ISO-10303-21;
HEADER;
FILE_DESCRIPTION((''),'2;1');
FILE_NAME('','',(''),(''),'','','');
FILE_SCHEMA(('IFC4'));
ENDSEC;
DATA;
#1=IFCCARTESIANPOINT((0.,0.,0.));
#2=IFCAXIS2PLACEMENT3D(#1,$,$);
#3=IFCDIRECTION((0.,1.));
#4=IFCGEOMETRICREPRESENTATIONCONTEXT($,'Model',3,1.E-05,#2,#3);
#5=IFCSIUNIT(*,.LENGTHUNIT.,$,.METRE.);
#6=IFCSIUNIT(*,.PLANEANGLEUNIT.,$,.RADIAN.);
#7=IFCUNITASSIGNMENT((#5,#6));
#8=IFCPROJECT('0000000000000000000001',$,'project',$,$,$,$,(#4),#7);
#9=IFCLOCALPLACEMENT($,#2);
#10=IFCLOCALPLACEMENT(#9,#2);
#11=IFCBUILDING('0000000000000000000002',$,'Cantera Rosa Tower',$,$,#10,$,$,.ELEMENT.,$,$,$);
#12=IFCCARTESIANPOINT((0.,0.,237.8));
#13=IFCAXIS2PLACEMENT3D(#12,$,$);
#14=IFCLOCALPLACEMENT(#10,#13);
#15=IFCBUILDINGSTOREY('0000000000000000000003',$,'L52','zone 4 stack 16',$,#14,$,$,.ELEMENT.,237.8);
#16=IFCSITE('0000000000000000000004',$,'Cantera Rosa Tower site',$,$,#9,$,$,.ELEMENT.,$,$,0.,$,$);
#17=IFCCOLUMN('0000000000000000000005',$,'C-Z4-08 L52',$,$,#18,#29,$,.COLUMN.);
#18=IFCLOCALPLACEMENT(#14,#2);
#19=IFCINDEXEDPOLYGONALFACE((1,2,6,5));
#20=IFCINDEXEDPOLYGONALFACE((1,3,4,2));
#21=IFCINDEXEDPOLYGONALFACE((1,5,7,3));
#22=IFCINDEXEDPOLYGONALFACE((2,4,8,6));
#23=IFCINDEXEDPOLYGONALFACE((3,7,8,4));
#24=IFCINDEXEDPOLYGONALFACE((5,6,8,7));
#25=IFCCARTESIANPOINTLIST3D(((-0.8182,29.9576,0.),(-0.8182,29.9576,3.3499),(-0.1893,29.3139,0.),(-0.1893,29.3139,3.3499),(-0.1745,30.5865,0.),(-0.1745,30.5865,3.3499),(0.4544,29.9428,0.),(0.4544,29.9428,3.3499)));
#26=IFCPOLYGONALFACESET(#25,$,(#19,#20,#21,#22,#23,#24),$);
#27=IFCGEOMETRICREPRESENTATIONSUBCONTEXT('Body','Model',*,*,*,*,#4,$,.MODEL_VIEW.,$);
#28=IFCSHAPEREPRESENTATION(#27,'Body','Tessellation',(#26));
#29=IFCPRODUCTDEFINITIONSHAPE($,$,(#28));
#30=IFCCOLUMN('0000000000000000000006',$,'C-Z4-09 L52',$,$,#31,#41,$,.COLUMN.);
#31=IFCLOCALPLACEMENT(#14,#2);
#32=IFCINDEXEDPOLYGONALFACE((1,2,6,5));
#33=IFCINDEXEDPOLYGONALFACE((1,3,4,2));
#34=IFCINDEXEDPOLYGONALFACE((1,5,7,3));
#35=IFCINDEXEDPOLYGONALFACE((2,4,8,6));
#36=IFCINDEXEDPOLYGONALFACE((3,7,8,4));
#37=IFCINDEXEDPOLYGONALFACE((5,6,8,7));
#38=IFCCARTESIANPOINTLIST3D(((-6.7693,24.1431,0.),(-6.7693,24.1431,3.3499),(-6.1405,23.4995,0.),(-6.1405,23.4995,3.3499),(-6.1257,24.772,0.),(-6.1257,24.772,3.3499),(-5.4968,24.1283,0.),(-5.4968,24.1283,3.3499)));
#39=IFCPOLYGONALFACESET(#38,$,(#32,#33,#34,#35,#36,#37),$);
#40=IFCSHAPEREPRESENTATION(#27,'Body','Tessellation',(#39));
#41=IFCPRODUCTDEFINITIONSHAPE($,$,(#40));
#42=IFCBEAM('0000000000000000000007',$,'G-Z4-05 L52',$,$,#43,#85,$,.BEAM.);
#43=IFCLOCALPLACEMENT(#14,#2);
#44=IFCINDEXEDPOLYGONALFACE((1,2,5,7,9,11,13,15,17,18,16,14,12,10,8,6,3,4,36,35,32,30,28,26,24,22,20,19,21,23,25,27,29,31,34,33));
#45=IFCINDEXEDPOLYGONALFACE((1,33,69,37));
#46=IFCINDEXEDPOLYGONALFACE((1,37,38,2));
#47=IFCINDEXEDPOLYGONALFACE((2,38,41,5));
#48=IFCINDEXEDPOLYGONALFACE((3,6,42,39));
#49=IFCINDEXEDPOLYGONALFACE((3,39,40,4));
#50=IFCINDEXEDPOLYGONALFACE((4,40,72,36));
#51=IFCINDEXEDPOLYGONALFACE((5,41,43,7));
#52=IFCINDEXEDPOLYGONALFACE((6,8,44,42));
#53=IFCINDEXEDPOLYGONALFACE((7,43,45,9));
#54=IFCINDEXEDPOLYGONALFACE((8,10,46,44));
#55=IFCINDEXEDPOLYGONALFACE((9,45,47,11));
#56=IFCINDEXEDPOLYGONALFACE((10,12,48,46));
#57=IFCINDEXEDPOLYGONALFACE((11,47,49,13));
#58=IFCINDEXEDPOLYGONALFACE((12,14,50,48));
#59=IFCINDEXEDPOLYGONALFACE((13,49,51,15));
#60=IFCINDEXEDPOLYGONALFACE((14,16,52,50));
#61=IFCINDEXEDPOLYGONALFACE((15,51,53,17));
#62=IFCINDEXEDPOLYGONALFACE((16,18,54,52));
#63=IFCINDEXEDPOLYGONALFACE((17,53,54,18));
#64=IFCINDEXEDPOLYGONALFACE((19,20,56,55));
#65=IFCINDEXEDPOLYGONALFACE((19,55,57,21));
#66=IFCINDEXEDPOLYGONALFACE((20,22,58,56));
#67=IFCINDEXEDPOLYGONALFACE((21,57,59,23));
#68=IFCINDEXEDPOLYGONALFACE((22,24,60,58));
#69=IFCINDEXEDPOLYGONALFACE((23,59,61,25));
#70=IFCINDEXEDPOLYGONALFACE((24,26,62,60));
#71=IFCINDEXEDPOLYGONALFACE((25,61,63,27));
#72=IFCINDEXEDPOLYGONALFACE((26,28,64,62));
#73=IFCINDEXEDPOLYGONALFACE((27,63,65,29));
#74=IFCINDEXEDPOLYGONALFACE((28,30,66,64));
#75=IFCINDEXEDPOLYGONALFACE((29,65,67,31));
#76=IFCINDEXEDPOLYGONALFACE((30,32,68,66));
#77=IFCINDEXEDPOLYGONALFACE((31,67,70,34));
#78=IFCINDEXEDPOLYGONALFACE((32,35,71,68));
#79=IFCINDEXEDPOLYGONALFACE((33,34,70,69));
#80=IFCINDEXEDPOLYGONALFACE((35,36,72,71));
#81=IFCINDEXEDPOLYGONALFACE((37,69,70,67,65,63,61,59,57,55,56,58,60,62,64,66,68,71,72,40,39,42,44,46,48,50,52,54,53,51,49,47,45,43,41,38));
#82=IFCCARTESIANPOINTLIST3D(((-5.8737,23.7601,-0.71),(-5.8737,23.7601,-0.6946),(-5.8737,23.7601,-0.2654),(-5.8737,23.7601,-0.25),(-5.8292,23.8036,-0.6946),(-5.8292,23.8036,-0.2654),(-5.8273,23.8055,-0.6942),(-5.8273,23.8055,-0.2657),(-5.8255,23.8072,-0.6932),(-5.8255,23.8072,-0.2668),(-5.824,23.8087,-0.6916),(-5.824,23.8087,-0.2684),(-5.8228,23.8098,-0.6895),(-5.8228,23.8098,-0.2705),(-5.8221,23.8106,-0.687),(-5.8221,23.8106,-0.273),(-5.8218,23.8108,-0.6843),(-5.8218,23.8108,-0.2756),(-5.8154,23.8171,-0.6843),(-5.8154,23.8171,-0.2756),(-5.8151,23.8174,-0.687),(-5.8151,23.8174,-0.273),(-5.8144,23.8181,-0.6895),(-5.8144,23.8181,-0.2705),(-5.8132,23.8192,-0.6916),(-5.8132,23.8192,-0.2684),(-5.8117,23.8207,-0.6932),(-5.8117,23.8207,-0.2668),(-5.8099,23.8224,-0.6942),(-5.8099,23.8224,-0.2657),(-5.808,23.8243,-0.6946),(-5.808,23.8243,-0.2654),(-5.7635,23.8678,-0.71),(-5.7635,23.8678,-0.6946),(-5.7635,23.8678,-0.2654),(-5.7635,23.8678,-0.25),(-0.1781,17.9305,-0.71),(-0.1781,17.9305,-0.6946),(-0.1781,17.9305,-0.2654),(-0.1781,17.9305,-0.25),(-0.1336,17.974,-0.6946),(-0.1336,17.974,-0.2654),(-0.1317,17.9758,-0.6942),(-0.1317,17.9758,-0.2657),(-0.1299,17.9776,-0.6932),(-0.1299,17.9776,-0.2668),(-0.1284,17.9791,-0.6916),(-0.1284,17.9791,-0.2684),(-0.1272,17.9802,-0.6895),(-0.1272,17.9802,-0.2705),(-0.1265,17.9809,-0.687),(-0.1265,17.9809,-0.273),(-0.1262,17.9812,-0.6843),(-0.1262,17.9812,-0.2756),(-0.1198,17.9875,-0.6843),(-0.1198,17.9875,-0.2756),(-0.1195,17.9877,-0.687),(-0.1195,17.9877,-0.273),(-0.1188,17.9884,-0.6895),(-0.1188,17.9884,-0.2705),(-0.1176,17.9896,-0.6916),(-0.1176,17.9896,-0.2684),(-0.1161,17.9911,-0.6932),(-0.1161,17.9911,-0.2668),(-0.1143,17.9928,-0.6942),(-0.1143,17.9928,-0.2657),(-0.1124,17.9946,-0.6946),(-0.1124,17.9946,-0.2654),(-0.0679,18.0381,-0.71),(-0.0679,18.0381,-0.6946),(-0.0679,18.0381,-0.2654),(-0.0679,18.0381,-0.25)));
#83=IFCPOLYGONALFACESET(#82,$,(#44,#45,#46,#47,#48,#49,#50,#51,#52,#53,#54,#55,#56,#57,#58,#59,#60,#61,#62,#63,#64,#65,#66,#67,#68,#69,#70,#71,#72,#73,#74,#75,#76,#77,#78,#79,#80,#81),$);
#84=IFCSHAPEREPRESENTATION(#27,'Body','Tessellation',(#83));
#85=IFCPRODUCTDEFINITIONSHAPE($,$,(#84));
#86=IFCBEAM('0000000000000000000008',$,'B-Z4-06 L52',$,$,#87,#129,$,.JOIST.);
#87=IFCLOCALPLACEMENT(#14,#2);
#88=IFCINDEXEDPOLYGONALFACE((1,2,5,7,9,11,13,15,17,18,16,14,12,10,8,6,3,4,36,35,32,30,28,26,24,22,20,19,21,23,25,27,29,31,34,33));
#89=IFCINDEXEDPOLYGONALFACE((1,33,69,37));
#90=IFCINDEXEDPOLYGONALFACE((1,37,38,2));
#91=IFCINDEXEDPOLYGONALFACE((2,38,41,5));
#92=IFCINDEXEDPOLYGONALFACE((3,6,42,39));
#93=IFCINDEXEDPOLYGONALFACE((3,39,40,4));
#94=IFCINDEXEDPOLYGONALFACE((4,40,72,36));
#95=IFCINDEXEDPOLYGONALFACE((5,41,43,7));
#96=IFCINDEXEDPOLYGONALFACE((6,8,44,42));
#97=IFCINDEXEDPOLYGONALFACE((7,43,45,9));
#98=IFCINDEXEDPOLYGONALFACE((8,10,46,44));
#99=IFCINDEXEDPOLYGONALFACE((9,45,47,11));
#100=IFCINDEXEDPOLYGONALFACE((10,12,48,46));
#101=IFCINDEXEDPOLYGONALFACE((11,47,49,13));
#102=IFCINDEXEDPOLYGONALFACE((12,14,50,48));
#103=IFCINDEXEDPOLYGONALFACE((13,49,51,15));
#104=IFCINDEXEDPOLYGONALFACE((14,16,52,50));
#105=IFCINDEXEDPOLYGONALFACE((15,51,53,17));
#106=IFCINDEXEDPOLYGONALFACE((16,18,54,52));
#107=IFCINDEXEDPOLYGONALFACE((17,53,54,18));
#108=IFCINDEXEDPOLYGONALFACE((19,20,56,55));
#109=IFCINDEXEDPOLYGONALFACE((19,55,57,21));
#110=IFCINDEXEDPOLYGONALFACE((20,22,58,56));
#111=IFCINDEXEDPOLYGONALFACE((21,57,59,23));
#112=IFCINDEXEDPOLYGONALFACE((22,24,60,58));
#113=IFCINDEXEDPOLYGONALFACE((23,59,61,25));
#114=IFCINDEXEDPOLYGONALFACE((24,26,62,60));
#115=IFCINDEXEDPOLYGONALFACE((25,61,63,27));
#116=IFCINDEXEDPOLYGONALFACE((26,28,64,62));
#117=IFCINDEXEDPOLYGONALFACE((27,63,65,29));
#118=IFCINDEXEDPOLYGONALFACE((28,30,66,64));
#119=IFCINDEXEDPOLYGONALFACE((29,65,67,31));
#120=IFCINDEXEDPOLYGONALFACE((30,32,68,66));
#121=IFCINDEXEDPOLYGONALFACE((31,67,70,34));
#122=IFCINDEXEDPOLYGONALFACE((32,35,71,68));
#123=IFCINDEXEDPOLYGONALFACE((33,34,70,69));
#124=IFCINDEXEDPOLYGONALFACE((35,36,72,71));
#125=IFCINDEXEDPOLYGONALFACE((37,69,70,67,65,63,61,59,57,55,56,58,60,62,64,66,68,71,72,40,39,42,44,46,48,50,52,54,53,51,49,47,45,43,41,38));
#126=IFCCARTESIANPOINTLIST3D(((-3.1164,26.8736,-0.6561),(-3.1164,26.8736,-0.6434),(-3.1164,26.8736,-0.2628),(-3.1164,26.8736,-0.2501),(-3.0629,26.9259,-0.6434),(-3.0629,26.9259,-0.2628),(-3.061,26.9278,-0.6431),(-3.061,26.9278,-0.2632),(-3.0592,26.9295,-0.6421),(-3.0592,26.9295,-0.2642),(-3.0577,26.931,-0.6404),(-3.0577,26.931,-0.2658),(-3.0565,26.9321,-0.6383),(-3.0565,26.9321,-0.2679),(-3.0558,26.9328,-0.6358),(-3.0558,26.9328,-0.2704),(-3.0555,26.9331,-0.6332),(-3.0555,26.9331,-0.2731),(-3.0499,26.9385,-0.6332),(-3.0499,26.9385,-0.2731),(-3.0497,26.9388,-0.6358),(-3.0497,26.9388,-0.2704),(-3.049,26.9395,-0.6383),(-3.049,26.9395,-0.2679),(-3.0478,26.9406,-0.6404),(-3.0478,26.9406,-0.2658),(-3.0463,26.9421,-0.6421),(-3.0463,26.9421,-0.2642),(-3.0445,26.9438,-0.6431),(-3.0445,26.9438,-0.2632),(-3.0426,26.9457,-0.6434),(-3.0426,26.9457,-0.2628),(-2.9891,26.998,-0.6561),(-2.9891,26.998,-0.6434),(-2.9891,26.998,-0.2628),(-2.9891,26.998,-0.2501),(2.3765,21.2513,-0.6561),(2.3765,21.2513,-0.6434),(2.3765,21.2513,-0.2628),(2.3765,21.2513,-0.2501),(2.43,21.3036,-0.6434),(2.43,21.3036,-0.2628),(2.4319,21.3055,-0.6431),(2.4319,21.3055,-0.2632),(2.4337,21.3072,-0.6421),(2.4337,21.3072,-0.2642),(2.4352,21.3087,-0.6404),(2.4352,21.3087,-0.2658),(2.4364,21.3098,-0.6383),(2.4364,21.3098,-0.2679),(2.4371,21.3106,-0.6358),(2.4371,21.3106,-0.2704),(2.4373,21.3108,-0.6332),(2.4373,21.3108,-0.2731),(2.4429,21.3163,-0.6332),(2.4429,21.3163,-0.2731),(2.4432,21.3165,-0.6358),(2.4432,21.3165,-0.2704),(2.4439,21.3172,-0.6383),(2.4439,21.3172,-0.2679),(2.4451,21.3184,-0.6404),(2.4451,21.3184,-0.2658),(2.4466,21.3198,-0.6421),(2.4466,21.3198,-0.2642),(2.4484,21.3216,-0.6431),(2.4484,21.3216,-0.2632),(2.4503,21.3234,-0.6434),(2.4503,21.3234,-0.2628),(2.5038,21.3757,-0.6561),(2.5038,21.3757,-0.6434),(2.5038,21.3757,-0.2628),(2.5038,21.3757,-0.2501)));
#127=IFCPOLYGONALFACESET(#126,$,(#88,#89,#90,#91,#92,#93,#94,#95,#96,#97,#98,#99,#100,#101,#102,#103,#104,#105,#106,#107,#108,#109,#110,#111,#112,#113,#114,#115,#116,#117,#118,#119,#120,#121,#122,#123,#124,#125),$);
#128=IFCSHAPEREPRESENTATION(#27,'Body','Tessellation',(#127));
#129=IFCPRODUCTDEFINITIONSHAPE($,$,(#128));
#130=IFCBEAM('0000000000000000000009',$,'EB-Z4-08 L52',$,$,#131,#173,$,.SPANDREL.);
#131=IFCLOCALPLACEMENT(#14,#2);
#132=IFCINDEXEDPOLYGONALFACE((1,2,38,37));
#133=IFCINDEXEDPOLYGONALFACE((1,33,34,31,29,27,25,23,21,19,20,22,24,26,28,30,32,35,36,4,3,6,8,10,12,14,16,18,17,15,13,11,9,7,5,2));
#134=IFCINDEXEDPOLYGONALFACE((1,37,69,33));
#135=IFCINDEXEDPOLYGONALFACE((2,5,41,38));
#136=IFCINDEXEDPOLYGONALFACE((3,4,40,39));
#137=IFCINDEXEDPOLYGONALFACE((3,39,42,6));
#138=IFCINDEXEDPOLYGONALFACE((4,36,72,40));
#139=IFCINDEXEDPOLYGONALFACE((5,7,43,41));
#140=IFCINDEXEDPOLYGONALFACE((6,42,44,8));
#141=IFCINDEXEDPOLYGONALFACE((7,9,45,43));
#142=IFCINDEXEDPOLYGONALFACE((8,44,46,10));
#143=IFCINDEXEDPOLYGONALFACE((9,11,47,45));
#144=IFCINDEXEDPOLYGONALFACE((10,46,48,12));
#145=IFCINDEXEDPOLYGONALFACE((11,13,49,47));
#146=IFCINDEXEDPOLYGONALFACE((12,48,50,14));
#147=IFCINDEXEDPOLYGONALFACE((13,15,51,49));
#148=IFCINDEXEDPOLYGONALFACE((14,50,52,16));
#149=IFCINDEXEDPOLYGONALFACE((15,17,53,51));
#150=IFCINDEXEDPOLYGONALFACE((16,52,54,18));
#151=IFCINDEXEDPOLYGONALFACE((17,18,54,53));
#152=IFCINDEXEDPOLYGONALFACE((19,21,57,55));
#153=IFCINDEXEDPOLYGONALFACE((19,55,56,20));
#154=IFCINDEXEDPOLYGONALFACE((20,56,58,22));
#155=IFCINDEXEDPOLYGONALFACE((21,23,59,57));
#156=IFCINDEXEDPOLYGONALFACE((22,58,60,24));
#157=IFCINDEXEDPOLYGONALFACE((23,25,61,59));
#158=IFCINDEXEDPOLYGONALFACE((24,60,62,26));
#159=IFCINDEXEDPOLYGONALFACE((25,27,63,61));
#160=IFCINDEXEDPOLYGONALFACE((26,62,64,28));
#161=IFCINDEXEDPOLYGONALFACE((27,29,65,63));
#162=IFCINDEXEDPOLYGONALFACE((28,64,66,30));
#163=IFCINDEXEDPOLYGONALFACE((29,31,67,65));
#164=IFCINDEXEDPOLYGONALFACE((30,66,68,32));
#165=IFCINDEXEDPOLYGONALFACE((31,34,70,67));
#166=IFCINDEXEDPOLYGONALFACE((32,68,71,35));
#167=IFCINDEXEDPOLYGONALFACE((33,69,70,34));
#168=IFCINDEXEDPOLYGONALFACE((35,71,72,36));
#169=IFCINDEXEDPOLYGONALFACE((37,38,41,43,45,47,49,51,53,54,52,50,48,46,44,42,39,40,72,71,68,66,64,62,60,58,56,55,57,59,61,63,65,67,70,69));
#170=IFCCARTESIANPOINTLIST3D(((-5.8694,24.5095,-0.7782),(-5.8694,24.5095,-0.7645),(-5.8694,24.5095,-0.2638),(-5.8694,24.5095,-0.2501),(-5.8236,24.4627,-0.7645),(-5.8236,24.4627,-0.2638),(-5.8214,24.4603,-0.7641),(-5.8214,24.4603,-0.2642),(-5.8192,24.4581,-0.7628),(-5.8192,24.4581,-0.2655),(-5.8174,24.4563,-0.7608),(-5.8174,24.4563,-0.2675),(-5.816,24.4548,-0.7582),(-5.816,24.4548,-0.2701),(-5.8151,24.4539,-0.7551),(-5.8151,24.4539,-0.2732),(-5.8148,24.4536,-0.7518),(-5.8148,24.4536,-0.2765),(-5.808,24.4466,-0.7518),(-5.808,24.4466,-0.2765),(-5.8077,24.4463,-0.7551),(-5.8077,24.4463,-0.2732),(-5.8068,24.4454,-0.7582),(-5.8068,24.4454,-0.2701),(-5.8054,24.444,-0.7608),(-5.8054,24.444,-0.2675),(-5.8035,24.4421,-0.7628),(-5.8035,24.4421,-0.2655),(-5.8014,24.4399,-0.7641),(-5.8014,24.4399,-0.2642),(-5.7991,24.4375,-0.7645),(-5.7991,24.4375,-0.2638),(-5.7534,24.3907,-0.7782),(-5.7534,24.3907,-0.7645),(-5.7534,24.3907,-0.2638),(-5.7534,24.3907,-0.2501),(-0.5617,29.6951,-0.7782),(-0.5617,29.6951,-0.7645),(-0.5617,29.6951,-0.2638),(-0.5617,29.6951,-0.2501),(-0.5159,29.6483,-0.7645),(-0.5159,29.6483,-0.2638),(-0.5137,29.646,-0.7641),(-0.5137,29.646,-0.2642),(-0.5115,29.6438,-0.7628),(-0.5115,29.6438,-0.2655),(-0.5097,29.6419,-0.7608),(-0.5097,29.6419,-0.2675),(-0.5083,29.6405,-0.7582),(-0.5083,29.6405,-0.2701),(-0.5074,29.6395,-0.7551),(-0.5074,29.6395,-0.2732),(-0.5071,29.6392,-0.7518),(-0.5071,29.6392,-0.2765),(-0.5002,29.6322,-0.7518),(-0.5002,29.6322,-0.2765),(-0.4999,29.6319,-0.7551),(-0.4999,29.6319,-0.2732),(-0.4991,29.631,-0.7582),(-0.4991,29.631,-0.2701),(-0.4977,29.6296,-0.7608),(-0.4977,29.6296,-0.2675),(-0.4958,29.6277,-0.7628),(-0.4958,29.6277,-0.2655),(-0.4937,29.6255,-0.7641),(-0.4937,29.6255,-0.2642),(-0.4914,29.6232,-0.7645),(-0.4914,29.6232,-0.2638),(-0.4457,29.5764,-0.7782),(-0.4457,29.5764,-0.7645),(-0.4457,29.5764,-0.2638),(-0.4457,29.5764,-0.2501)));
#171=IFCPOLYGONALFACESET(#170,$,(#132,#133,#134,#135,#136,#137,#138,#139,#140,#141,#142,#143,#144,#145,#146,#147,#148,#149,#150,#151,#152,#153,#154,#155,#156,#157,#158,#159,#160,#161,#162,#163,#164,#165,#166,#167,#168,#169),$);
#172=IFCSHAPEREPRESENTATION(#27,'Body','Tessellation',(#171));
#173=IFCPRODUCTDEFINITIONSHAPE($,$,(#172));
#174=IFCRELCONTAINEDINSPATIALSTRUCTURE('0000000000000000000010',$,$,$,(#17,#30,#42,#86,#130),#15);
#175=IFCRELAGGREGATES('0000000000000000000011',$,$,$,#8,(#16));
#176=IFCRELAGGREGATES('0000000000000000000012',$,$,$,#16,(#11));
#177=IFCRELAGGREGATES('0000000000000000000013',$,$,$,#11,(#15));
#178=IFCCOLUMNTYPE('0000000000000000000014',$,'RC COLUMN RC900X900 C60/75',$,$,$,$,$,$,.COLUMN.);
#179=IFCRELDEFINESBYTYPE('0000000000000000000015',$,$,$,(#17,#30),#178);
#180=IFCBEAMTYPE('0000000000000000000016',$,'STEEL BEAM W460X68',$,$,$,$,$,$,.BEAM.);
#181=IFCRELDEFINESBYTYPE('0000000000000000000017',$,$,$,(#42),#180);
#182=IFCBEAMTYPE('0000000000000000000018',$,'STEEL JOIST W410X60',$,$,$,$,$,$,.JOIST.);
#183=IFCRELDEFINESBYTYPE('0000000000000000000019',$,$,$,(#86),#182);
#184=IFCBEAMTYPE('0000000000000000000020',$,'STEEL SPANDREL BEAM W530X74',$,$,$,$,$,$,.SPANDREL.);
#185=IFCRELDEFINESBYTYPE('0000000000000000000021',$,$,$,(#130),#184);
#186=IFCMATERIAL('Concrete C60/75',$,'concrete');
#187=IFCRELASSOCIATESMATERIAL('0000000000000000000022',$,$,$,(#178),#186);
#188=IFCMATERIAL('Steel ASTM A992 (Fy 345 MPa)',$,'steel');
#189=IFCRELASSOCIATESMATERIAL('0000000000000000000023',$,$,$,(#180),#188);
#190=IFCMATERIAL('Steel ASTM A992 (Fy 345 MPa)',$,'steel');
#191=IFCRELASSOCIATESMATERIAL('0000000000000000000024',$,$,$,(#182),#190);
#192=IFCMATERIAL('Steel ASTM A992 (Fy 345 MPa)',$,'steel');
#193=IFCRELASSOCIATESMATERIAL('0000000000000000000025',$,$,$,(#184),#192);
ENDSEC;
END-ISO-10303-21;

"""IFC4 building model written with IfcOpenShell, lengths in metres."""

from ifc_helpers import new_model, si_unit, direction, frame, origin, origin_2d, place, context, subcontext, project, spatial, rectangle, i_section, extrude, material, material_profile, profile_set, type_object, element, save


model = new_model("IFC4")

# Units and contexts
model_context = context("Model", 3, precision=1e-05, world=origin(), true_north=direction((0.0, 1.0)))
body_context = subcontext(model_context, "Body", "Model", "MODEL_VIEW")
ifc_project = project(units=[si_unit("LENGTHUNIT", "METRE"), si_unit("PLANEANGLEUNIT", "RADIAN")], contexts=[model_context])

# Site, building, storey
site_placement = place(None, origin())
site = spatial("IfcSite", under=ifc_project, at=site_placement, Name="Cantera Rosa Tower site", CompositionType="ELEMENT", RefElevation=0.0)
building_placement = place(site_placement, origin())
building = spatial("IfcBuilding", under=site, at=building_placement, Name="Cantera Rosa Tower", CompositionType="ELEMENT")
storey_placement = place(building_placement, frame((0.0, 0.0, 237.8)))
storey = spatial("IfcBuildingStorey", under=building, at=storey_placement, Name="L52", Description="zone 4 stack 16", CompositionType="ELEMENT", Elevation=237.8)

# Columns
ifc_material_1 = material(Name="Concrete C60/75", Category="concrete")
ifc_material_profile_1 = material_profile(ifc_material_1, rectangle(XDim=0.8999, YDim=0.8999, at=origin_2d()), Name="RC COLUMN RC900X900 C60/75")
ifc_profile_set_1 = profile_set([ifc_material_profile_1], Name="Concrete C60/75")
column_type = type_object("IfcColumnType", Name="RC COLUMN RC900X900 C60/75", PredefinedType="COLUMN", material=ifc_profile_set_1)
for number, where, z_axis, x_axis, name in (
    (1, (-0.1819, 29.9502, 0.0), (0.0, 0.0, 1.0), (0.715286, 0.698832, 0.0), "C-Z4-08 L52"),
    (2, (-6.1331, 24.1357, 0.0), (0.0, 0.0, 1.0), (0.715286, 0.698832, 0.0), "C-Z4-09 L52"),
):
    element("IfcColumn", number, at=place(storey_placement, frame(where, z_axis=z_axis, x_axis=x_axis)), inside=storey, type_object=column_type, Name=name, PredefinedType="COLUMN", context=body_context, shape_type="SweptSolid", body=[
        extrude(rectangle(XDim=0.8999, YDim=0.8999, at=origin_2d()), origin(), (0.0, 0.0, 1.0), 3.3499),
    ])

# Beams
ifc_material_2 = material(Name="Steel ASTM A992 (Fy 345 MPa)", Category="steel")
ifc_material_profile_2 = material_profile(ifc_material_2, i_section(OverallWidth=0.1541, OverallDepth=0.46, WebThickness=0.009, FlangeThickness=0.0154, FilletRadius=0.0103, at=origin_2d()), Name="W460X68")
ifc_profile_set_2 = profile_set([ifc_material_profile_2], Name="Steel ASTM A992 (Fy 345 MPa)")
beam_type_1 = type_object("IfcBeamType", Name="STEEL BEAM W460X68", PredefinedType="BEAM", material=ifc_profile_set_2)
beam_1_placement = place(storey_placement, frame((-5.8186, 23.814, -0.48), z_axis=(0.698836, -0.715282, 0.0), x_axis=(0.715282, 0.698836, 0.0)))
element("IfcBeam", 3, at=beam_1_placement, inside=storey, type_object=beam_type_1, Name="G-Z4-05 L52", PredefinedType="BEAM", context=body_context, shape_type="SweptSolid", body=[
    extrude(i_section(OverallWidth=0.1541, OverallDepth=0.46, WebThickness=0.009, FlangeThickness=0.0154, FilletRadius=0.0103, at=origin_2d()), origin(), (0.0, 0.0, 1.0), 8.1501),
])
ifc_material_3 = material(Name="Steel ASTM A992 (Fy 345 MPa)", Category="steel")
ifc_material_profile_3 = material_profile(ifc_material_3, i_section(OverallWidth=0.178, OverallDepth=0.406, WebThickness=0.0078, FlangeThickness=0.0127, FilletRadius=0.0103, at=origin_2d()), Name="W410X60")
ifc_profile_set_3 = profile_set([ifc_material_profile_3], Name="Steel ASTM A992 (Fy 345 MPa)")
beam_type_2 = type_object("IfcBeamType", Name="STEEL JOIST W410X60", PredefinedType="JOIST", material=ifc_profile_set_3)
beam_2_placement = place(storey_placement, frame((-3.0527, 26.9358, -0.4531), z_axis=(0.698828, -0.71529, 0.0), x_axis=(0.71529, 0.698828, 0.0)))
element("IfcBeam", 4, at=beam_2_placement, inside=storey, type_object=beam_type_2, Name="B-Z4-06 L52", PredefinedType="JOIST", context=body_context, shape_type="SweptSolid", body=[
    extrude(i_section(OverallWidth=0.178, OverallDepth=0.406, WebThickness=0.0078, FlangeThickness=0.0127, FilletRadius=0.0103, at=origin_2d()), origin(), (0.0, 0.0, 1.0), 7.8601),
])
ifc_material_4 = material(Name="Steel ASTM A992 (Fy 345 MPa)", Category="steel")
ifc_material_profile_4 = material_profile(ifc_material_4, i_section(OverallWidth=0.166, OverallDepth=0.5281, WebThickness=0.0098, FlangeThickness=0.0137, FilletRadius=0.0127, at=origin_2d()), Name="W530X74")
ifc_profile_set_4 = profile_set([ifc_material_profile_4], Name="Steel ASTM A992 (Fy 345 MPa)")
beam_type_3 = type_object("IfcBeamType", Name="STEEL SPANDREL BEAM W530X74", PredefinedType="SPANDREL", material=ifc_profile_set_4)
beam_3_placement = place(storey_placement, frame((-0.5037, 29.6357, -0.5142), z_axis=(-0.715284, -0.698833, 0.0), x_axis=(0.698833, -0.715284, 0.0)))
element("IfcBeam", 5, at=beam_3_placement, inside=storey, type_object=beam_type_3, Name="EB-Z4-08 L52", PredefinedType="SPANDREL", context=body_context, shape_type="SweptSolid", body=[
    extrude(i_section(OverallWidth=0.166, OverallDepth=0.5281, WebThickness=0.0098, FlangeThickness=0.0137, FilletRadius=0.0127, at=origin_2d()), origin(), (0.0, 0.0, 1.0), 7.4204),
])

save(model, "model.ifc")
